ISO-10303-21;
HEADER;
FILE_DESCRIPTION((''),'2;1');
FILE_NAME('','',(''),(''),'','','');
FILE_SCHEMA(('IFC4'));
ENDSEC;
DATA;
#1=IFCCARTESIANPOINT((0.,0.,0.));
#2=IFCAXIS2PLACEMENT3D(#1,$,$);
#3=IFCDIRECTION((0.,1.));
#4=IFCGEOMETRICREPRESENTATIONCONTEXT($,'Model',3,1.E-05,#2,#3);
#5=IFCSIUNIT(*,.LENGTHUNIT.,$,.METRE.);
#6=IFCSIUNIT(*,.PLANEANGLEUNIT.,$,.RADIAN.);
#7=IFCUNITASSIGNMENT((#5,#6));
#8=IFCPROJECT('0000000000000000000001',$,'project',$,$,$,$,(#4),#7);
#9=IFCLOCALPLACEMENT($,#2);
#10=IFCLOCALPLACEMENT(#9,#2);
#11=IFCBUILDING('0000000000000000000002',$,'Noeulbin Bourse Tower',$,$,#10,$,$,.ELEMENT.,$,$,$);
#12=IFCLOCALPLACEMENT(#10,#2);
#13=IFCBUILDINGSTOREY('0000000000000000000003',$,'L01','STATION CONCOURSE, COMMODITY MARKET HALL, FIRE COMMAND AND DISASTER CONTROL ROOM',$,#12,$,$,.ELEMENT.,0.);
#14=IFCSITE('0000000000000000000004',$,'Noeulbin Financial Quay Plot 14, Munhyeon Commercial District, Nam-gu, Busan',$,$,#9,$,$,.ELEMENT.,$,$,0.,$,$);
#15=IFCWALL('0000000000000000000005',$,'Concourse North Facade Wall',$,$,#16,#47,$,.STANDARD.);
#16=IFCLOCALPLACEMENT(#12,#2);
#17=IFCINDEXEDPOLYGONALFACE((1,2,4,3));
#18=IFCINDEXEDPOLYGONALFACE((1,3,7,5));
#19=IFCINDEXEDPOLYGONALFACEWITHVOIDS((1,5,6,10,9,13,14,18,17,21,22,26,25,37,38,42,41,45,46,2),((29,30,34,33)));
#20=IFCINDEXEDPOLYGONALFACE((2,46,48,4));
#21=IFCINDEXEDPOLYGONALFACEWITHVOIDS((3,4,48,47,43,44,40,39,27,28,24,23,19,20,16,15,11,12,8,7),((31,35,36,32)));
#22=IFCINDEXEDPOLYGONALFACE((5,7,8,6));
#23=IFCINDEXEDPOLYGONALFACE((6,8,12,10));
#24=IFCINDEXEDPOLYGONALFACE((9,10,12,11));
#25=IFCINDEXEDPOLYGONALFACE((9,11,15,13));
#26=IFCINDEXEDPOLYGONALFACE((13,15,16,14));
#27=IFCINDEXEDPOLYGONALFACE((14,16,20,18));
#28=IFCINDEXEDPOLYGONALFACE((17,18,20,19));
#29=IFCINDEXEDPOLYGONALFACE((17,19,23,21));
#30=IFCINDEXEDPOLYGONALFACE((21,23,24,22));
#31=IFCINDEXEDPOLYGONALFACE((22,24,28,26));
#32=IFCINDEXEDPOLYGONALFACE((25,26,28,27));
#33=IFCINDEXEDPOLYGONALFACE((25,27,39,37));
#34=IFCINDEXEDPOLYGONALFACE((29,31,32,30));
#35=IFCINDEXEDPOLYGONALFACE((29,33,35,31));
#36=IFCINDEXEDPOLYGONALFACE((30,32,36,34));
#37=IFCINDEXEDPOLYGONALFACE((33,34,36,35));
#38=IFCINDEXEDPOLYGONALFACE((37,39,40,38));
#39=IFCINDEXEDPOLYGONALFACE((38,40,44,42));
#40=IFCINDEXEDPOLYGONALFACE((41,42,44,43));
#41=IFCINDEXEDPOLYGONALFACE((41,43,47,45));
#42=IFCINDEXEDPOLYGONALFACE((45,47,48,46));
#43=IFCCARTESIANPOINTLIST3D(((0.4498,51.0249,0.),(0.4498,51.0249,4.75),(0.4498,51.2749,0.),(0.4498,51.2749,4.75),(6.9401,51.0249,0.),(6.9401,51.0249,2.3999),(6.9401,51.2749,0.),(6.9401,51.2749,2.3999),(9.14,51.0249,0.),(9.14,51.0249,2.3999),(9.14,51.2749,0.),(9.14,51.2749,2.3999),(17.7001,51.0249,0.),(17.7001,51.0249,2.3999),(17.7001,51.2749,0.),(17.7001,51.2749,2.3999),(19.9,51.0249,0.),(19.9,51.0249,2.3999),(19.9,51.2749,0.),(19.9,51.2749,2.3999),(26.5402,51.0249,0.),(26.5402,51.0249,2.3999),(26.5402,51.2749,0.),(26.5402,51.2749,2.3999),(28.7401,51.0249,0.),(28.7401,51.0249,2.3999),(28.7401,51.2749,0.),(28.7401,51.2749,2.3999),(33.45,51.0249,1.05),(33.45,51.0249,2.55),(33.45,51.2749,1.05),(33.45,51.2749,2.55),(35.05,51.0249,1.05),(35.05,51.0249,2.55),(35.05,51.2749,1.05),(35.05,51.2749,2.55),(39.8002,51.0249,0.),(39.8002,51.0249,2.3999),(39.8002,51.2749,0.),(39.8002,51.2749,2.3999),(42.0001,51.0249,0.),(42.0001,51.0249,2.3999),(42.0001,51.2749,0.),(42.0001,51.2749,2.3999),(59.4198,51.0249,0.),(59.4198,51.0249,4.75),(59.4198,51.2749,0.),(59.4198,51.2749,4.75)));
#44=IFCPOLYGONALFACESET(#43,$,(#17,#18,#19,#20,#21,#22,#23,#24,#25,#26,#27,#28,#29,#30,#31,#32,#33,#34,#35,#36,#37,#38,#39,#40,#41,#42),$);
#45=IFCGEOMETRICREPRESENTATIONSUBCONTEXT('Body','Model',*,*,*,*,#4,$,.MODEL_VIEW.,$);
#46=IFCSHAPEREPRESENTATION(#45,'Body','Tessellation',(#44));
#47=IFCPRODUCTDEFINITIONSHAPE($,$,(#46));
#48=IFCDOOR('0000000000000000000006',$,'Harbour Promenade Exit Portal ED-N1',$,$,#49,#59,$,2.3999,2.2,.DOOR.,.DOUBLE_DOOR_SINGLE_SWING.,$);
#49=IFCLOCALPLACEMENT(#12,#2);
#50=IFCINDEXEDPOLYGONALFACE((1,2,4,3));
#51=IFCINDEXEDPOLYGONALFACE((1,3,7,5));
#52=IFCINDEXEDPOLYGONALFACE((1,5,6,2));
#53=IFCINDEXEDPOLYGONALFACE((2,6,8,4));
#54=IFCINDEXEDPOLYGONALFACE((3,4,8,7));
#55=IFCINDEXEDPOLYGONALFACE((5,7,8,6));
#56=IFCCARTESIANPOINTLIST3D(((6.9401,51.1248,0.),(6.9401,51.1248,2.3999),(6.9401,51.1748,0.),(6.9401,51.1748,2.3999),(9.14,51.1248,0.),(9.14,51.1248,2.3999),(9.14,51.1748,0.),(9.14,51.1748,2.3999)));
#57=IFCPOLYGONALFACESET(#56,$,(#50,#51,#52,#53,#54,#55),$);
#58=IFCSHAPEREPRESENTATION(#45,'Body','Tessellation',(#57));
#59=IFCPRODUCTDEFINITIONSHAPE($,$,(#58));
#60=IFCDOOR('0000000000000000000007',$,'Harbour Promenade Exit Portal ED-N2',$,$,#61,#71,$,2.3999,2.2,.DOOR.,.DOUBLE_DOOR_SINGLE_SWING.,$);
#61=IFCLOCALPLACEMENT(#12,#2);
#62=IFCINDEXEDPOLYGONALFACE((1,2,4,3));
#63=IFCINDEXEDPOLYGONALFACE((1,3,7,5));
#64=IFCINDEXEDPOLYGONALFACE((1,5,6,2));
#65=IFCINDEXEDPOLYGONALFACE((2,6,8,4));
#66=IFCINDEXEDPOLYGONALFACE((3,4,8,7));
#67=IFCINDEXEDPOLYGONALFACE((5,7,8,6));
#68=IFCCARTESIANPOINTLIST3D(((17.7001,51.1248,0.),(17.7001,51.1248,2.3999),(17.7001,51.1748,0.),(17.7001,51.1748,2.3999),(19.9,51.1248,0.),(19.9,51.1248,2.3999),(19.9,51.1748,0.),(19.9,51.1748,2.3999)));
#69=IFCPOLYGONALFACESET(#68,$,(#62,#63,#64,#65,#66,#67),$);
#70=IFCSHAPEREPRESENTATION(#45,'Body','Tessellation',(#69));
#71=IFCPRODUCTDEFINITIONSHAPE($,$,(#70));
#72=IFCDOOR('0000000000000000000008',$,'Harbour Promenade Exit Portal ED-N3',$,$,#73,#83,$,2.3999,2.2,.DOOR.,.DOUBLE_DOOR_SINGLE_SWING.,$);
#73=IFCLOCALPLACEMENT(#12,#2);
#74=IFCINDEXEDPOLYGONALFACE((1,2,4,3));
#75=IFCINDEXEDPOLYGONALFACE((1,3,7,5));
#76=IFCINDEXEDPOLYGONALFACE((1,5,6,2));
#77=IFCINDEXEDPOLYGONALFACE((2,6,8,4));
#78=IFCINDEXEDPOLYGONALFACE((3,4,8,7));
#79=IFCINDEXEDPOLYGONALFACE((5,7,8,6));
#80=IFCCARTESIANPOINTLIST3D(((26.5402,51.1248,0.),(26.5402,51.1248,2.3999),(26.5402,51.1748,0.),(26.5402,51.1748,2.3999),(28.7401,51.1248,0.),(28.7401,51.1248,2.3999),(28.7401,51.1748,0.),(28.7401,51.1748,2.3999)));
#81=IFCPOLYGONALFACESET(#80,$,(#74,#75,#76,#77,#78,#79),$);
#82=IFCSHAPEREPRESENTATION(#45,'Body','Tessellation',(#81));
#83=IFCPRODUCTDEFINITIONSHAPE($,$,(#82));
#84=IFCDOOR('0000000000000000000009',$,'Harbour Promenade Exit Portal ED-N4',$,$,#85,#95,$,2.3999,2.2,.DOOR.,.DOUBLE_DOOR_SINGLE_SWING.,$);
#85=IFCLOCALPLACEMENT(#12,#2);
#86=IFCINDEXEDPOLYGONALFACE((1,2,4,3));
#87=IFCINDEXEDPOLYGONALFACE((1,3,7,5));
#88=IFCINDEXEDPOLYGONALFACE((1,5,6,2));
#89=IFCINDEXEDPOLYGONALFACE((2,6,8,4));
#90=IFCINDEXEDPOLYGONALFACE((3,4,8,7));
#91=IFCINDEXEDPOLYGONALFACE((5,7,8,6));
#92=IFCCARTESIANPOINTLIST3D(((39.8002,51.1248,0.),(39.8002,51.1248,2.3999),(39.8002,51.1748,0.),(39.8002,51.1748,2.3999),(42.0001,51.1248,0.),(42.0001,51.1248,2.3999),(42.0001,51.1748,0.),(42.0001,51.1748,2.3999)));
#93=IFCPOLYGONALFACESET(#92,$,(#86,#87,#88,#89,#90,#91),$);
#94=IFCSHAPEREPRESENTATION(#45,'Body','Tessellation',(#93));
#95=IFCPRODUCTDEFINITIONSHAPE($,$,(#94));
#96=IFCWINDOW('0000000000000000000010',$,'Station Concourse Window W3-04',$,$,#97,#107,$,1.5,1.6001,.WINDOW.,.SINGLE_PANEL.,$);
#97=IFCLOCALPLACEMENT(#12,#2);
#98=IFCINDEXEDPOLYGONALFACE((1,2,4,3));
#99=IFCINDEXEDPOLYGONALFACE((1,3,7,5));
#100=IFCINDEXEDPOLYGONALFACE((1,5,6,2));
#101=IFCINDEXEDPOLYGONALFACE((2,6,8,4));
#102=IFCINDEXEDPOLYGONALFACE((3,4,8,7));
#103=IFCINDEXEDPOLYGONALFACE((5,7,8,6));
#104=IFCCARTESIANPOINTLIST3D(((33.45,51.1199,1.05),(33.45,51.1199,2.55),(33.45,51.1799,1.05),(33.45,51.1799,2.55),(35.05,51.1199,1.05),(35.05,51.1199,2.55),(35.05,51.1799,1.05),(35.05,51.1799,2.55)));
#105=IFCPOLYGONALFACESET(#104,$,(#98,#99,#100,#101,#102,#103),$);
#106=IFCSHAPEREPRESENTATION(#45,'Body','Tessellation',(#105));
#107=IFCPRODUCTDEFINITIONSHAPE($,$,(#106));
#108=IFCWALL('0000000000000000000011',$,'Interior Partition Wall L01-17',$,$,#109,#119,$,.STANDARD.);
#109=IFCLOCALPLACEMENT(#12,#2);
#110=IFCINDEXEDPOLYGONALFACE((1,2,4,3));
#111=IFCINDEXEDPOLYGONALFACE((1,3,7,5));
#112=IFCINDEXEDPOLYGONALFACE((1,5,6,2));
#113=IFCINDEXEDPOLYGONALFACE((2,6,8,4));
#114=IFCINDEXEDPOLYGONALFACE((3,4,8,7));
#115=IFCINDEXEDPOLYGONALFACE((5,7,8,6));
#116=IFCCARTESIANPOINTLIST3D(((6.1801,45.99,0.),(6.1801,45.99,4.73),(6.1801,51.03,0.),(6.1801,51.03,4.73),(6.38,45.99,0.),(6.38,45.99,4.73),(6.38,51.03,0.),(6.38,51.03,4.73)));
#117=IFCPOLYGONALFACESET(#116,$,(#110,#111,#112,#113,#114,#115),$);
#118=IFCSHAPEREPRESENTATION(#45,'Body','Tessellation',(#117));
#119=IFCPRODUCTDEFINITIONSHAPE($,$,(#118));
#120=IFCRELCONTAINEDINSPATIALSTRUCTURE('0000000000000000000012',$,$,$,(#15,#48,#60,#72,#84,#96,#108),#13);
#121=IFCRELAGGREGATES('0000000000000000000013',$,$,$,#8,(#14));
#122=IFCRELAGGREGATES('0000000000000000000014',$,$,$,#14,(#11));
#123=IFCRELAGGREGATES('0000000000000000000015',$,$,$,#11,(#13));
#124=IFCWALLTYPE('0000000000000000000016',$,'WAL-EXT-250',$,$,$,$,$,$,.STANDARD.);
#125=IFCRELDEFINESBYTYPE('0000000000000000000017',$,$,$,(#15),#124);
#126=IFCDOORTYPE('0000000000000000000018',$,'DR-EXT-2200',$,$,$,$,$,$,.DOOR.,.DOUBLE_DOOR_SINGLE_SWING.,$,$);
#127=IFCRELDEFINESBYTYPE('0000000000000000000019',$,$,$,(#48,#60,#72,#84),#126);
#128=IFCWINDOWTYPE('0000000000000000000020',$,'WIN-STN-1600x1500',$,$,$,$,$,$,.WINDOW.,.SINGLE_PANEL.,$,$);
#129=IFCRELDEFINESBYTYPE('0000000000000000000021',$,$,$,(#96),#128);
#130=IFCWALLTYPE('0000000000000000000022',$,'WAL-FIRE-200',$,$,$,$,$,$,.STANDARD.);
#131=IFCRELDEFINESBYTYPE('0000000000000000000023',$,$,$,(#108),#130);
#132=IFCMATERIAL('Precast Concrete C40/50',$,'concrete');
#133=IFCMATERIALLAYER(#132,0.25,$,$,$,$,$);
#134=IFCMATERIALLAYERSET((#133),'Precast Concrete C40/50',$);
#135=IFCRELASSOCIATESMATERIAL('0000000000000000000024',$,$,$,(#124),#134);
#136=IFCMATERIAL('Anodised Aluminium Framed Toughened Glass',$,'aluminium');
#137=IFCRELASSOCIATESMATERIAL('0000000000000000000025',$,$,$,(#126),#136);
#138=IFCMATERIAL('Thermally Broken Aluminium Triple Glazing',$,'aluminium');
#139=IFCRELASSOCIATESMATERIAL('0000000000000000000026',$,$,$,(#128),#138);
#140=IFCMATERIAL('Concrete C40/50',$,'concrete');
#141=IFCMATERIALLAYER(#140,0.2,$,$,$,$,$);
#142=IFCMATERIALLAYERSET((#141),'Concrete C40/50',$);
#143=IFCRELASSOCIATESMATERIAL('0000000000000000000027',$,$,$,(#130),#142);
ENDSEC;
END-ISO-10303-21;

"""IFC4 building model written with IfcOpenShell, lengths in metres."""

from ifc_helpers import new_model, si_unit, direction, frame, frame_2d, origin, place, context, subcontext, project, spatial, rectangle, extrude, material, layer, layer_set, type_object, element, fill, save


model = new_model("IFC4")

# Units and contexts
model_context = context("Model", 3, precision=1e-05, world=origin(), true_north=direction((0.0, 1.0)))
body_context = subcontext(model_context, "Body", "Model", "MODEL_VIEW")
ifc_project = project(units=[si_unit("LENGTHUNIT", "METRE"), si_unit("PLANEANGLEUNIT", "RADIAN")], contexts=[model_context])

# Site, building, storey
site_placement = place(None, origin())
site = spatial("IfcSite", under=ifc_project, at=site_placement, Name="Noeulbin Financial Quay Plot 14, Munhyeon Commercial District, Nam-gu, Busan", CompositionType="ELEMENT", RefElevation=0.0)
building_placement = place(site_placement, origin())
building = spatial("IfcBuilding", under=site, at=building_placement, Name="Noeulbin Bourse Tower", CompositionType="ELEMENT")
storey_placement = place(building_placement, origin())
storey = spatial("IfcBuildingStorey", under=building, at=storey_placement, Name="L01", Description="STATION CONCOURSE, COMMODITY MARKET HALL, FIRE COMMAND AND DISASTER CONTROL ROOM", CompositionType="ELEMENT", Elevation=0.0)

# Wall, openings, doors, window
ifc_material_1 = material(Name="Precast Concrete C40/50", Category="concrete")
ifc_layer_1 = layer(ifc_material_1, 0.25)
ifc_layer_set_1 = layer_set([ifc_layer_1], Name="Precast Concrete C40/50")
wall_type_1 = type_object("IfcWallType", Name="WAL-EXT-250", PredefinedType="STANDARD", material=ifc_layer_set_1)
wall_1_placement = place(storey_placement, frame((0.45, 51.1499, 0.0), z_axis=(0.0, 0.0, 1.0), x_axis=(1.0, 0.0, 0.0)))
wall_1 = element("IfcWall", 1, at=wall_1_placement, inside=storey, type_object=wall_type_1, Name="Concourse North Facade Wall", PredefinedType="STANDARD", context=body_context, shape_type="SweptSolid", body=[
    extrude(rectangle(XDim=58.97, YDim=0.25, at=frame_2d((29.4849, 0.0))), origin(), (0.0, 0.0, 1.0), 4.75),
])
opening_1_placement = place(wall_1_placement, frame((6.49, 0.0, 0.0)))
opening_1 = element("IfcOpeningElement", 2, at=opening_1_placement, cuts=wall_1, PredefinedType="OPENING", context=body_context, shape_type="SweptSolid", body=[
    extrude(rectangle(XDim=2.2, YDim=2.3999, at=frame_2d((1.1001, 1.2))), frame((0.0, 0.135, 0.0), z_axis=(0.0, -1.0, 0.0), x_axis=(1.0, 0.0, 0.0)), (0.0, 0.0, 1.0), 0.27),
])
opening_2_placement = place(wall_1_placement, frame((17.25, 0.0, 0.0)))
opening_2 = element("IfcOpeningElement", 3, at=opening_2_placement, cuts=wall_1, PredefinedType="OPENING", context=body_context, shape_type="SweptSolid", body=[
    extrude(rectangle(XDim=2.2, YDim=2.3999, at=frame_2d((1.1001, 1.2))), frame((0.0, 0.135, 0.0), z_axis=(0.0, -1.0, 0.0), x_axis=(1.0, 0.0, 0.0)), (0.0, 0.0, 1.0), 0.27),
])
opening_3_placement = place(wall_1_placement, frame((26.0901, 0.0, 0.0)))
opening_3 = element("IfcOpeningElement", 4, at=opening_3_placement, cuts=wall_1, PredefinedType="OPENING", context=body_context, shape_type="SweptSolid", body=[
    extrude(rectangle(XDim=2.2, YDim=2.3999, at=frame_2d((1.1001, 1.2))), frame((0.0, 0.135, 0.0), z_axis=(0.0, -1.0, 0.0), x_axis=(1.0, 0.0, 0.0)), (0.0, 0.0, 1.0), 0.27),
])
opening_4_placement = place(wall_1_placement, frame((39.3501, 0.0, 0.0)))
opening_4 = element("IfcOpeningElement", 5, at=opening_4_placement, cuts=wall_1, PredefinedType="OPENING", context=body_context, shape_type="SweptSolid", body=[
    extrude(rectangle(XDim=2.2, YDim=2.3999, at=frame_2d((1.1001, 1.2))), frame((0.0, 0.135, 0.0), z_axis=(0.0, -1.0, 0.0), x_axis=(1.0, 0.0, 0.0)), (0.0, 0.0, 1.0), 0.27),
])
opening_5_placement = place(wall_1_placement, frame((33.0, 0.0, 1.05)))
opening_5 = element("IfcOpeningElement", 6, at=opening_5_placement, cuts=wall_1, PredefinedType="OPENING", context=body_context, shape_type="SweptSolid", body=[
    extrude(rectangle(XDim=1.6001, YDim=1.5, at=frame_2d((0.8, 0.75))), frame((0.0, 0.135, 0.0), z_axis=(0.0, -1.0, 0.0), x_axis=(1.0, 0.0, 0.0)), (0.0, 0.0, 1.0), 0.27),
])
ifc_material_2 = material(Name="Anodised Aluminium Framed Toughened Glass", Category="aluminium")
door_type = type_object("IfcDoorType", Name="DR-EXT-2200", OperationType="DOUBLE_DOOR_SINGLE_SWING", PredefinedType="DOOR", material=ifc_material_2)
door_1_placement = place(opening_1_placement, origin())
door_1 = element("IfcDoor", 7, at=door_1_placement, inside=storey, type_object=door_type, Name="Harbour Promenade Exit Portal ED-N1", OperationType="DOUBLE_DOOR_SINGLE_SWING", OverallHeight=2.3999, OverallWidth=2.2, PredefinedType="DOOR", context=body_context, shape_type="SweptSolid", body=[
    extrude(rectangle(XDim=2.2, YDim=2.3999, at=frame_2d((1.1001, 1.2))), frame((0.0, 0.0249, 0.0), z_axis=(0.0, -1.0, 0.0), x_axis=(1.0, 0.0, 0.0)), (0.0, 0.0, 1.0), 0.05),
])
fill(opening_1, door_1)
door_2_placement = place(opening_2_placement, origin())
door_2 = element("IfcDoor", 8, at=door_2_placement, inside=storey, type_object=door_type, Name="Harbour Promenade Exit Portal ED-N2", OperationType="DOUBLE_DOOR_SINGLE_SWING", OverallHeight=2.3999, OverallWidth=2.2, PredefinedType="DOOR", context=body_context, shape_type="SweptSolid", body=[
    extrude(rectangle(XDim=2.2, YDim=2.3999, at=frame_2d((1.1001, 1.2))), frame((0.0, 0.0249, 0.0), z_axis=(0.0, -1.0, 0.0), x_axis=(1.0, 0.0, 0.0)), (0.0, 0.0, 1.0), 0.05),
])
fill(opening_2, door_2)
door_3_placement = place(opening_3_placement, origin())
door_3 = element("IfcDoor", 9, at=door_3_placement, inside=storey, type_object=door_type, Name="Harbour Promenade Exit Portal ED-N3", OperationType="DOUBLE_DOOR_SINGLE_SWING", OverallHeight=2.3999, OverallWidth=2.2, PredefinedType="DOOR", context=body_context, shape_type="SweptSolid", body=[
    extrude(rectangle(XDim=2.2, YDim=2.3999, at=frame_2d((1.1001, 1.2))), frame((0.0, 0.0249, 0.0), z_axis=(0.0, -1.0, 0.0), x_axis=(1.0, 0.0, 0.0)), (0.0, 0.0, 1.0), 0.05),
])
fill(opening_3, door_3)
door_4_placement = place(opening_4_placement, origin())
door_4 = element("IfcDoor", 10, at=door_4_placement, inside=storey, type_object=door_type, Name="Harbour Promenade Exit Portal ED-N4", OperationType="DOUBLE_DOOR_SINGLE_SWING", OverallHeight=2.3999, OverallWidth=2.2, PredefinedType="DOOR", context=body_context, shape_type="SweptSolid", body=[
    extrude(rectangle(XDim=2.2, YDim=2.3999, at=frame_2d((1.1001, 1.2))), frame((0.0, 0.0249, 0.0), z_axis=(0.0, -1.0, 0.0), x_axis=(1.0, 0.0, 0.0)), (0.0, 0.0, 1.0), 0.05),
])
fill(opening_4, door_4)
ifc_material_3 = material(Name="Thermally Broken Aluminium Triple Glazing", Category="aluminium")
window_type = type_object("IfcWindowType", Name="WIN-STN-1600x1500", PartitioningType="SINGLE_PANEL", PredefinedType="WINDOW", material=ifc_material_3)
window_placement = place(opening_5_placement, origin())
window = element("IfcWindow", 11, at=window_placement, inside=storey, type_object=window_type, Name="Station Concourse Window W3-04", OverallHeight=1.5, OverallWidth=1.6001, PartitioningType="SINGLE_PANEL", PredefinedType="WINDOW", context=body_context, shape_type="SweptSolid", body=[
    extrude(rectangle(XDim=1.6001, YDim=1.5, at=frame_2d((0.8, 0.75))), frame((0.0, 0.03, 0.0), z_axis=(0.0, -1.0, 0.0), x_axis=(1.0, 0.0, 0.0)), (0.0, 0.0, 1.0), 0.0601),
])
fill(opening_5, window)

# Wall
ifc_material_4 = material(Name="Concrete C40/50", Category="concrete")
ifc_layer_2 = layer(ifc_material_4, 0.2)
ifc_layer_set_2 = layer_set([ifc_layer_2], Name="Concrete C40/50")
wall_type_2 = type_object("IfcWallType", Name="WAL-FIRE-200", PredefinedType="STANDARD", material=ifc_layer_set_2)
wall_2_placement = place(storey_placement, frame((6.28, 45.99, 0.0), z_axis=(0.0, 0.0, 1.0), x_axis=(0.0, 1.0, 0.0)))
element("IfcWall", 12, at=wall_2_placement, inside=storey, type_object=wall_type_2, Name="Interior Partition Wall L01-17", PredefinedType="STANDARD", context=body_context, shape_type="SweptSolid", body=[
    extrude(rectangle(XDim=5.04, YDim=0.2, at=frame_2d((2.52, 0.0))), origin(), (0.0, 0.0, 1.0), 4.73),
])

save(model, "model.ifc")
